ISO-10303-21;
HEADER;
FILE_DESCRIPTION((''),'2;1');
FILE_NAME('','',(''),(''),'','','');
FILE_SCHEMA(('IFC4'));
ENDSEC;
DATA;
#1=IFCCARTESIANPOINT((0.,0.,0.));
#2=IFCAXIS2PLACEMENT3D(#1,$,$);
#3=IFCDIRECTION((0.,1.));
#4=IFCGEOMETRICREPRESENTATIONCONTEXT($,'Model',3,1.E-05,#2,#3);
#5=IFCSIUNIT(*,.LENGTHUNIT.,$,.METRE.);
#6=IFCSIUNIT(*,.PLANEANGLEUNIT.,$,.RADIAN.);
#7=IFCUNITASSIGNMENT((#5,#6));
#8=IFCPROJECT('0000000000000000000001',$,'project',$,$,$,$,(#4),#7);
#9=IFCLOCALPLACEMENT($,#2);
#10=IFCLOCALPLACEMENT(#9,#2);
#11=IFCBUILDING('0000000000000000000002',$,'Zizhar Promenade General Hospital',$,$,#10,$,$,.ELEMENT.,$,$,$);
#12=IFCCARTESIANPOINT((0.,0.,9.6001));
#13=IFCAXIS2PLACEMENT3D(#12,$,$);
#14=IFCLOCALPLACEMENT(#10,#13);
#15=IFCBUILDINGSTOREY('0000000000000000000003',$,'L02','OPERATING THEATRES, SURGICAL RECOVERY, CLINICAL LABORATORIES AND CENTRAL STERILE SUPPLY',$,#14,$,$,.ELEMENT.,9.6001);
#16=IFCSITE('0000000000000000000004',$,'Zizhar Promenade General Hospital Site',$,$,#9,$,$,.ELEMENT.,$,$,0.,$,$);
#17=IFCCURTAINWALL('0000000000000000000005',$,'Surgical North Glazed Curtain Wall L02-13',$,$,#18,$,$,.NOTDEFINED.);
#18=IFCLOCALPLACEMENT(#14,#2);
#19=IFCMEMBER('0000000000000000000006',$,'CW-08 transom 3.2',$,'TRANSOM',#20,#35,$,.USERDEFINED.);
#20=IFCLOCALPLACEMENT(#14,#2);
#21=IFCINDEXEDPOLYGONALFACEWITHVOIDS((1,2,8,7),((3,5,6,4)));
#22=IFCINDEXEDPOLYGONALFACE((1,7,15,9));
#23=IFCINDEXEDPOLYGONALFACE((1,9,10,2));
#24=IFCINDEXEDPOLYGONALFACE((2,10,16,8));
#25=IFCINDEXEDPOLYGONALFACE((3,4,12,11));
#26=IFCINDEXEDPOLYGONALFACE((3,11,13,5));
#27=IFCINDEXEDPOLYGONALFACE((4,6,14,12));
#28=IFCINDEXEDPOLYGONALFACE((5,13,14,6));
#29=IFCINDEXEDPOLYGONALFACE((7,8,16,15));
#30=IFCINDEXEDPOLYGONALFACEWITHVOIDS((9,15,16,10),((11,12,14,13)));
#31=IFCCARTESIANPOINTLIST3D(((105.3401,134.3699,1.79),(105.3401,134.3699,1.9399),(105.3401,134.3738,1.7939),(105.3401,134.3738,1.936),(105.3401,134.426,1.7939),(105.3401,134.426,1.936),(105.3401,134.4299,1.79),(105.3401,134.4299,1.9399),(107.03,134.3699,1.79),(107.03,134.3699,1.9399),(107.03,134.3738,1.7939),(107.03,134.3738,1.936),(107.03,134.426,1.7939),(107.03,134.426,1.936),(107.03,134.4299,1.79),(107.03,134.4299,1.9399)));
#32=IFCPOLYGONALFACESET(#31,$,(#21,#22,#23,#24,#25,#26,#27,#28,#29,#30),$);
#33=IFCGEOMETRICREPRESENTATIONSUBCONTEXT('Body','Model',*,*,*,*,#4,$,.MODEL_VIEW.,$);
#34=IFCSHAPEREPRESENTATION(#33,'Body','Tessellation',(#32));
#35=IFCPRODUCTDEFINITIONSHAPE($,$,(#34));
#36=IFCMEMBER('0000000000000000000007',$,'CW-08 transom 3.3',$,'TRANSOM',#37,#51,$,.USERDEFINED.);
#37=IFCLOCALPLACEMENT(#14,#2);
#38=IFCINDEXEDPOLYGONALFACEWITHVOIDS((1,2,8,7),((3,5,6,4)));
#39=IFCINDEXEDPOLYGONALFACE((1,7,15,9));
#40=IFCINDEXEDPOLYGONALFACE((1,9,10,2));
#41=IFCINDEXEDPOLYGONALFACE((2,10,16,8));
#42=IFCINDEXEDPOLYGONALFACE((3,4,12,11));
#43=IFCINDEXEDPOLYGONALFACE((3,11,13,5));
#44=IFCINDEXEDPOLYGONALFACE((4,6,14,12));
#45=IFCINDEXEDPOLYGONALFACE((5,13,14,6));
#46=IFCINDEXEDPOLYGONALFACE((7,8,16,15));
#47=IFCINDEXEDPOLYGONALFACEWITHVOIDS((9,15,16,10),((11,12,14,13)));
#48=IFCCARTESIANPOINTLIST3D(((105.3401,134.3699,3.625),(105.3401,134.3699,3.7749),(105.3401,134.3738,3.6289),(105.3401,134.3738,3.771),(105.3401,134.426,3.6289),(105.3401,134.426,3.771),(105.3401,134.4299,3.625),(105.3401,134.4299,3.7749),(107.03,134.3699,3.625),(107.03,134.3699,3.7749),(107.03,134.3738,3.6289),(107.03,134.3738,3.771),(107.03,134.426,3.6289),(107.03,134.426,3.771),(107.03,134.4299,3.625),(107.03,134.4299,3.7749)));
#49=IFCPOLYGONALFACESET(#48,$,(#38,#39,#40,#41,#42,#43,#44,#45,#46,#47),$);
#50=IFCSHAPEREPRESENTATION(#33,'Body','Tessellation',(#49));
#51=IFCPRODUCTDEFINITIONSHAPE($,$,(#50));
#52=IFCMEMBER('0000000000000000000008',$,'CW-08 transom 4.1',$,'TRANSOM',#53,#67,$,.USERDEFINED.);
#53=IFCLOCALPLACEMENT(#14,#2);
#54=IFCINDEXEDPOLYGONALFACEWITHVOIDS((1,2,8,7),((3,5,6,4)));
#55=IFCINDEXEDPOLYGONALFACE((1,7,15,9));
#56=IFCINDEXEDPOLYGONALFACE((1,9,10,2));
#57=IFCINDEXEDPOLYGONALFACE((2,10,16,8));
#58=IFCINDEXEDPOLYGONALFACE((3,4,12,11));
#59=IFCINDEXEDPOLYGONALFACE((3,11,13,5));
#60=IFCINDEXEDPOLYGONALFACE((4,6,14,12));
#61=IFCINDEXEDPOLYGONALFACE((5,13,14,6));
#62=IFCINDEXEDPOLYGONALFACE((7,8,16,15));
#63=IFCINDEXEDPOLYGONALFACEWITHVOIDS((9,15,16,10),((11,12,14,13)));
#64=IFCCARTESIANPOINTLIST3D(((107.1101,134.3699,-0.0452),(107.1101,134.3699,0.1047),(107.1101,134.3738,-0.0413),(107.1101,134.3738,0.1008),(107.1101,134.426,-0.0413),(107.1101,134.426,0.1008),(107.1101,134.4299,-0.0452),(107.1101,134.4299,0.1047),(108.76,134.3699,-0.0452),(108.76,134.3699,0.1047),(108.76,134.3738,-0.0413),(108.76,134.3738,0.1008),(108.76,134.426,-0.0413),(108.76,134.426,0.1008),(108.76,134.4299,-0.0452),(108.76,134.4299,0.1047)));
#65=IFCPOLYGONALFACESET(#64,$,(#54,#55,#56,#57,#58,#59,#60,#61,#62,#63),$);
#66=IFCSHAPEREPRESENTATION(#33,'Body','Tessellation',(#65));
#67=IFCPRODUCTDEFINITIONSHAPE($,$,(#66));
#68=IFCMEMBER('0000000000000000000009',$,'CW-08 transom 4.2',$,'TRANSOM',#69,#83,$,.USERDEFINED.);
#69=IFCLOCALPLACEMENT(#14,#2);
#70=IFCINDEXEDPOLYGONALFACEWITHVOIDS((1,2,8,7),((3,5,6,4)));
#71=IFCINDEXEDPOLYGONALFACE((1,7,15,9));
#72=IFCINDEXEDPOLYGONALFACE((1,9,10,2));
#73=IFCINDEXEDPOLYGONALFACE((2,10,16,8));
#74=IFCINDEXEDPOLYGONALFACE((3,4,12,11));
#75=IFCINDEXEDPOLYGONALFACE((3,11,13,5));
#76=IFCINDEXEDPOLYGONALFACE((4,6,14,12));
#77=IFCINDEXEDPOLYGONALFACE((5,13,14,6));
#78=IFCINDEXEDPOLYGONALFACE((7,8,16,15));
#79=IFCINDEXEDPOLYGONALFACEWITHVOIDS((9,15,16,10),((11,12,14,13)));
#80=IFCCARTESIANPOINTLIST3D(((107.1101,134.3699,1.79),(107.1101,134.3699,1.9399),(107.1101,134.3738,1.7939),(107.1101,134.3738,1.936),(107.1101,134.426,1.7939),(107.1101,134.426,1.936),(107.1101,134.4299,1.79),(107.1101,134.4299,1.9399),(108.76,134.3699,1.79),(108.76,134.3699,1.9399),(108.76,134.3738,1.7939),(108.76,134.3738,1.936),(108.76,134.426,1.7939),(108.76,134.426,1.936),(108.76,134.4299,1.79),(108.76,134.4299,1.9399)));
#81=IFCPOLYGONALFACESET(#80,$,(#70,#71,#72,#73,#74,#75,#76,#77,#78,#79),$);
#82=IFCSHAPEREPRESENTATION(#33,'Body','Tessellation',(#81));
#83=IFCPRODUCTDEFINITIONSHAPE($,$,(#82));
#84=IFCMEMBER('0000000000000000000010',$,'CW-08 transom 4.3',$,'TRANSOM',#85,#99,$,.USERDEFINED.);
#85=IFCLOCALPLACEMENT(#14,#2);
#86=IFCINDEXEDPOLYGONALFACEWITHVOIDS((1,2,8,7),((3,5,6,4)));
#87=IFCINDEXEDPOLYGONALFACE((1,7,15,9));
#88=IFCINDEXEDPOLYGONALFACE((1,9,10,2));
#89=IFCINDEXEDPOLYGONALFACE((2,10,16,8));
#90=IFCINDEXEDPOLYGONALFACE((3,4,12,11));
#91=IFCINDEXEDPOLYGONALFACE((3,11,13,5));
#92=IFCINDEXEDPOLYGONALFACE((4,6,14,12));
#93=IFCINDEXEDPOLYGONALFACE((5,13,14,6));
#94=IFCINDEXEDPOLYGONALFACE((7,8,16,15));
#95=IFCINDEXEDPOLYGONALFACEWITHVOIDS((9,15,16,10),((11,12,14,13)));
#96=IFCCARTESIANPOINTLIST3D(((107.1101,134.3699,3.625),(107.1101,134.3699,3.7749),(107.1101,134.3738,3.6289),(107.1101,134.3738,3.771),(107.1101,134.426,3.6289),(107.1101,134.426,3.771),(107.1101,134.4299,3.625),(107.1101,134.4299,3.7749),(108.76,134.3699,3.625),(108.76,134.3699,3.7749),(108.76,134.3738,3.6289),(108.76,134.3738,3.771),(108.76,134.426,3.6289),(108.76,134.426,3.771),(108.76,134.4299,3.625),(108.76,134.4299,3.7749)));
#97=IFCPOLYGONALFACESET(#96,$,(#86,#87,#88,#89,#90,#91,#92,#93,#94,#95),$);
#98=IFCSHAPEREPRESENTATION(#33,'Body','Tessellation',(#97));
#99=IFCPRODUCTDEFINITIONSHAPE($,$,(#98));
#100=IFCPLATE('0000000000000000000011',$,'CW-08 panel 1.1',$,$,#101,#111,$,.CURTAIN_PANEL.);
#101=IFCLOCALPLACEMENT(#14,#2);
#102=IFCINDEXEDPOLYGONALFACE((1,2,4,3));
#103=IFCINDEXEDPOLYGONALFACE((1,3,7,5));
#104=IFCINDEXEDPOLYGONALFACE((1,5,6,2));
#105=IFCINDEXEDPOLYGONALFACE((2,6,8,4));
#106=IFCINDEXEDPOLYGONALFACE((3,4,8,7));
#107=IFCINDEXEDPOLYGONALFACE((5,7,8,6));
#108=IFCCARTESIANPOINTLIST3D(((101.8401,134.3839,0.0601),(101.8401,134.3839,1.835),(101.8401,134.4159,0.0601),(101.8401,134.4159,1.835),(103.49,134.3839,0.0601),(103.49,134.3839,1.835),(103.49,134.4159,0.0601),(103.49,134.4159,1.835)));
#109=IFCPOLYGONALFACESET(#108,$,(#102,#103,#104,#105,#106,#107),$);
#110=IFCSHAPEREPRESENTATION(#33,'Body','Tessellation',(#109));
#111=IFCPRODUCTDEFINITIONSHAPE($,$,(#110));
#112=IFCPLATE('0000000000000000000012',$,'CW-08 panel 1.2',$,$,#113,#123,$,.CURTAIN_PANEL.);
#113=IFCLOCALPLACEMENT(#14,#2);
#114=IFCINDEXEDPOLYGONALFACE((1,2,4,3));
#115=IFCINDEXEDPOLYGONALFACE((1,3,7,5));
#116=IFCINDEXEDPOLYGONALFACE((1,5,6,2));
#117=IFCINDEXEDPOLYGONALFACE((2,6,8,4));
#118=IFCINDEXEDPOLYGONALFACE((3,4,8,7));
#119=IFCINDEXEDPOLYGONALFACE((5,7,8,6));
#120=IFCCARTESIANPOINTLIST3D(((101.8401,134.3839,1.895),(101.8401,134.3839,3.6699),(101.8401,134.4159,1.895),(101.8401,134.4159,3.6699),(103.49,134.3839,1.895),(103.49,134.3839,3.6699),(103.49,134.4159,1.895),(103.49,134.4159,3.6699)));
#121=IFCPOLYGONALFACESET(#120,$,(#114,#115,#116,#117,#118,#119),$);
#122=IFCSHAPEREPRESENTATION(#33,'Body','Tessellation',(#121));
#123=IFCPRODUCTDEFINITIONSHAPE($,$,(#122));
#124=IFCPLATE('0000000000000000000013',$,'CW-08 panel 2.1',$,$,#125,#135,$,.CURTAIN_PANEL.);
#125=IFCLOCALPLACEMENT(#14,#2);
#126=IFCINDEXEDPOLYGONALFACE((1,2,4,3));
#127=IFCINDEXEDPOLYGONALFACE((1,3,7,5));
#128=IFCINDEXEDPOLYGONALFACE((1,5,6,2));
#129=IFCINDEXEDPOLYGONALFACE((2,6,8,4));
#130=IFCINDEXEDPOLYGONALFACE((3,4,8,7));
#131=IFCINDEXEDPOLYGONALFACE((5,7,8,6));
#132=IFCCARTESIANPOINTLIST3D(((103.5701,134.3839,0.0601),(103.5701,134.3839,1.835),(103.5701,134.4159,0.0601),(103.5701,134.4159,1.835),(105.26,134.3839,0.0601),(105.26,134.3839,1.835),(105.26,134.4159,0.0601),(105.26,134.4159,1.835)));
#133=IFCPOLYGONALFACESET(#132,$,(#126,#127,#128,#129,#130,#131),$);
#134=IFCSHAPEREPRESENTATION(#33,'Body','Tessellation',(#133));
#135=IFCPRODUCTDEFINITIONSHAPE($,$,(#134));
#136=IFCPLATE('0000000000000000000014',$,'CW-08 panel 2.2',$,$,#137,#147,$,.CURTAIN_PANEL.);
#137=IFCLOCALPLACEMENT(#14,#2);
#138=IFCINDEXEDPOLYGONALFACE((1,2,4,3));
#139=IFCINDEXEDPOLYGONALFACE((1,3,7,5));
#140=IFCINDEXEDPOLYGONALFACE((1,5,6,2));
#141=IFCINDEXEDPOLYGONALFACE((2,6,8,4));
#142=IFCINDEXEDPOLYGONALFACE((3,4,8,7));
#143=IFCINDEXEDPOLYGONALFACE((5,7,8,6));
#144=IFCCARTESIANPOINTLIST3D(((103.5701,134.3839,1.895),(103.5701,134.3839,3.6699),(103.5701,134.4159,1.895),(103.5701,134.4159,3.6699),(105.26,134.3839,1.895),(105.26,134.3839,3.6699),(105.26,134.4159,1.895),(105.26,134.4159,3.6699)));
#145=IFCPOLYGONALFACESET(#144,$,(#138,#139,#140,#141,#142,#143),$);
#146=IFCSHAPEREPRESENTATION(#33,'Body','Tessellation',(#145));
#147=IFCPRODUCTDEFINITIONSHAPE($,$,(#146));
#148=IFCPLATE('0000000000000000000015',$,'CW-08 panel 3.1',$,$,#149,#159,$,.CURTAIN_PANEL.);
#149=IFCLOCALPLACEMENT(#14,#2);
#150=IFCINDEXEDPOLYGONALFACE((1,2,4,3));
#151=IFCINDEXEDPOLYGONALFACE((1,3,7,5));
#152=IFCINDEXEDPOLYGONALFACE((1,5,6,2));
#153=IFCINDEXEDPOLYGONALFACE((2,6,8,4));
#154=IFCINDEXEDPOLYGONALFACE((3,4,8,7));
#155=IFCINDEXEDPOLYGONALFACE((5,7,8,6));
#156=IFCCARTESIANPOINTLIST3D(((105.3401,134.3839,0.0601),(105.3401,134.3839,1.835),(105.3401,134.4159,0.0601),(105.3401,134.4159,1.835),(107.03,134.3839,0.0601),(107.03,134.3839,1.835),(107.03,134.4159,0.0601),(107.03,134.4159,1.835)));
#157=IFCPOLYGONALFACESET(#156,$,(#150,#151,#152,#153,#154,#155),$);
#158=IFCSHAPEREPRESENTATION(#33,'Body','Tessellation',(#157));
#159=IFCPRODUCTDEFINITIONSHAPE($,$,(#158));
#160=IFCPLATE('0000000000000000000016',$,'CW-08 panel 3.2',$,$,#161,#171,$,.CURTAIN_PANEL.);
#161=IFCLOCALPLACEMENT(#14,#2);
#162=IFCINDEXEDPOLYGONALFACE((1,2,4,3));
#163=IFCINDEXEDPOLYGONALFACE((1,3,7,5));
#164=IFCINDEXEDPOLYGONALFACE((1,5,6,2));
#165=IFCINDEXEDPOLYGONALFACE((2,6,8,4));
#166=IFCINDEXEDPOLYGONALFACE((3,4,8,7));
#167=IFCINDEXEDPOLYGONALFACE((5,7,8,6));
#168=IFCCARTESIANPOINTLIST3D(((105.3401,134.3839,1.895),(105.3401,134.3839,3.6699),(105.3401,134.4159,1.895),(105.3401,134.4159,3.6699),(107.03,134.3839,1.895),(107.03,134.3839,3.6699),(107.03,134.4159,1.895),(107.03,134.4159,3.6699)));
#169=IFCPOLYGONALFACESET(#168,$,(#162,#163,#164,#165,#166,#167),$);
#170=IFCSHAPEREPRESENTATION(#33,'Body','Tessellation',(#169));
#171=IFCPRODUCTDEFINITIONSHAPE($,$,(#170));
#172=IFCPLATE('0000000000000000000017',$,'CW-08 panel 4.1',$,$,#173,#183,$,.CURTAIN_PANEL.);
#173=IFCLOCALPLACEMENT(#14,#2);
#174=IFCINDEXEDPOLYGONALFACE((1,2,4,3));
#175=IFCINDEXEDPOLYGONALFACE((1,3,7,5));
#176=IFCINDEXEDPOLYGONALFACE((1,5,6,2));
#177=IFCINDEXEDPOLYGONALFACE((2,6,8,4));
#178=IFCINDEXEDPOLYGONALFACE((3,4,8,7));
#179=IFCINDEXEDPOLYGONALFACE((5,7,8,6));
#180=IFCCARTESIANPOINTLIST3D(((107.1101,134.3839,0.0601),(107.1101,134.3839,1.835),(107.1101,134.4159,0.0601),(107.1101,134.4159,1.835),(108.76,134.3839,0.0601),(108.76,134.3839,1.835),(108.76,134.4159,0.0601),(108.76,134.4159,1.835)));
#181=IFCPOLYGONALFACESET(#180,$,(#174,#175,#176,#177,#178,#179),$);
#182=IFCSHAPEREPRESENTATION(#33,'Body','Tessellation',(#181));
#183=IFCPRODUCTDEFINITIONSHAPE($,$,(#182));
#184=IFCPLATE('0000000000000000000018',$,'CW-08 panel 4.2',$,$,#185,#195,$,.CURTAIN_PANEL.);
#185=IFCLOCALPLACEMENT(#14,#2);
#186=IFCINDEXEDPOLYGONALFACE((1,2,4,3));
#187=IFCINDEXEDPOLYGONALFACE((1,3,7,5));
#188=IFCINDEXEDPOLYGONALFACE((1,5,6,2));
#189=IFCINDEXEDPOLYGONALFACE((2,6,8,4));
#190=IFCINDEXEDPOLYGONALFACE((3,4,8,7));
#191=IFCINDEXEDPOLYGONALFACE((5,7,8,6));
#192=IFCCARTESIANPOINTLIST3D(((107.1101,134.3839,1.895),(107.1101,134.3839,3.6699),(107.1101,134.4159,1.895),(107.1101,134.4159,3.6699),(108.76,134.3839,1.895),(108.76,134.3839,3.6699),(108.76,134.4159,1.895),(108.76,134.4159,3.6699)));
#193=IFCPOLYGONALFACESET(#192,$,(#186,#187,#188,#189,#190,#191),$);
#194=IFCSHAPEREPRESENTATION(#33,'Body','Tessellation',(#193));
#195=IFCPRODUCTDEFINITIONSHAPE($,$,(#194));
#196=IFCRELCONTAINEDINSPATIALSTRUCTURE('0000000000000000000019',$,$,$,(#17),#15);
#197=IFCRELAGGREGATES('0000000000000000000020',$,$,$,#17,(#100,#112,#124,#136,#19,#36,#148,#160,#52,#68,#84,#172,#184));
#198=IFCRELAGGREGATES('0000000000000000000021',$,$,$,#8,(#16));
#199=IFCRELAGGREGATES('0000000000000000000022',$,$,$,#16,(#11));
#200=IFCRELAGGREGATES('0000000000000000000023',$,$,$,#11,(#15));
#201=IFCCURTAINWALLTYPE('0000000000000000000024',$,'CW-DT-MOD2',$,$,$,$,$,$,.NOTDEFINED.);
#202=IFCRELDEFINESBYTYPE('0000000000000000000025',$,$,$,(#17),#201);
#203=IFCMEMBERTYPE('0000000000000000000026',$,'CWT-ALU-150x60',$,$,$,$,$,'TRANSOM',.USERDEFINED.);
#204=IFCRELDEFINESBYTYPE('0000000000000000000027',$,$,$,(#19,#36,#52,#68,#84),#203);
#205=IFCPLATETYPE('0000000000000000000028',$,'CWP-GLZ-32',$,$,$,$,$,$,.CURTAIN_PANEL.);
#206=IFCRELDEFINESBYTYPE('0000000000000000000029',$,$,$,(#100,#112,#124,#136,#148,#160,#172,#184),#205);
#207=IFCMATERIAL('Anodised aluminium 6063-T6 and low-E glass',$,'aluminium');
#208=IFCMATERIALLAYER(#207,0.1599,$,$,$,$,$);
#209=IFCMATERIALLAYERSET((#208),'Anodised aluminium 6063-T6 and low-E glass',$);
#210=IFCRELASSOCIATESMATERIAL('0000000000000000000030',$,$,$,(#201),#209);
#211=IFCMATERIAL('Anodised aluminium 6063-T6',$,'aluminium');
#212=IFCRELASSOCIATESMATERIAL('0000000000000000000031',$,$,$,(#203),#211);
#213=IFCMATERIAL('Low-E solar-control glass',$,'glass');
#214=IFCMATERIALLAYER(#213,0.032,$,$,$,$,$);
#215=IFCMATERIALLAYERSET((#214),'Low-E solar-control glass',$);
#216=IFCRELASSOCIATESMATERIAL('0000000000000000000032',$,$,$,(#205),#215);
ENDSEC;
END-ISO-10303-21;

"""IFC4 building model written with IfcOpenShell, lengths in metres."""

from ifc_helpers import new_model, si_unit, direction, frame, origin, origin_2d, place, context, subcontext, project, spatial, rectangle, hollow_rectangle, extrude, material, layer, layer_set, material_profile, profile_set, type_object, element, aggregate, save


model = new_model("IFC4")

# Units and contexts
model_context = context("Model", 3, precision=1e-05, world=origin(), true_north=direction((0.0, 1.0)))
body_context = subcontext(model_context, "Body", "Model", "MODEL_VIEW")
ifc_project = project(units=[si_unit("LENGTHUNIT", "METRE"), si_unit("PLANEANGLEUNIT", "RADIAN")], contexts=[model_context])

# Site, building, storey
site_placement = place(None, origin())
site = spatial("IfcSite", under=ifc_project, at=site_placement, Name="Zizhar Promenade General Hospital Site", CompositionType="ELEMENT", RefElevation=0.0)
building_placement = place(site_placement, origin())
building = spatial("IfcBuilding", under=site, at=building_placement, Name="Zizhar Promenade General Hospital", CompositionType="ELEMENT")
storey_placement = place(building_placement, frame((0.0, 0.0, 9.6001)))
storey = spatial("IfcBuildingStorey", under=building, at=storey_placement, Name="L02", Description="OPERATING THEATRES, SURGICAL RECOVERY, CLINICAL LABORATORIES AND CENTRAL STERILE SUPPLY", CompositionType="ELEMENT", Elevation=9.6001)

# Curtain wall, members, plates
ifc_material_1 = material(Name="Anodised aluminium 6063-T6 and low-E glass", Category="aluminium")
ifc_layer_1 = layer(ifc_material_1, 0.1599)
ifc_layer_set_1 = layer_set([ifc_layer_1], Name="Anodised aluminium 6063-T6 and low-E glass")
curtain_wall_type = type_object("IfcCurtainWallType", Name="CW-DT-MOD2", PredefinedType="NOTDEFINED", material=ifc_layer_set_1)
curtain_wall_placement = place(storey_placement, origin())
curtain_wall = element("IfcCurtainWall", 1, at=curtain_wall_placement, inside=storey, type_object=curtain_wall_type, Name="Surgical North Glazed Curtain Wall L02-13", PredefinedType="NOTDEFINED")
ifc_material_2 = material(Name="Anodised aluminium 6063-T6", Category="aluminium")
ifc_material_profile_1 = material_profile(ifc_material_2, hollow_rectangle(XDim=0.0601, YDim=0.1499, WallThickness=0.0039, at=origin_2d()))
ifc_profile_set_1 = profile_set([ifc_material_profile_1], Name="Anodised aluminium 6063-T6")
member_type_1 = type_object("IfcMemberType", Name="CWT-ALU-150x60", ElementType="TRANSOM", PredefinedType="USERDEFINED", material=ifc_profile_set_1)
member_1_placement = place(storey_placement, frame((105.3401, 134.3999, 1.865), z_axis=(1.0, 0.0, 0.0), x_axis=(0.0, 1.0, 0.0)))
member_1 = element("IfcMember", 2, at=member_1_placement, type_object=member_type_1, Name="CW-08 transom 3.2", ObjectType="TRANSOM", PredefinedType="USERDEFINED", context=body_context, shape_type="SweptSolid", body=[
    extrude(hollow_rectangle(XDim=0.0601, YDim=0.1499, WallThickness=0.0039, at=origin_2d()), origin(), (0.0, 0.0, 1.0), 1.6899),
])
member_2_placement = place(storey_placement, frame((105.3401, 134.3999, 3.7), z_axis=(1.0, 0.0, 0.0), x_axis=(0.0, 1.0, 0.0)))
member_2 = element("IfcMember", 3, at=member_2_placement, type_object=member_type_1, Name="CW-08 transom 3.3", ObjectType="TRANSOM", PredefinedType="USERDEFINED", context=body_context, shape_type="SweptSolid", body=[
    extrude(hollow_rectangle(XDim=0.0601, YDim=0.1499, WallThickness=0.0039, at=origin_2d()), origin(), (0.0, 0.0, 1.0), 1.6899),
])
member_3_placement = place(storey_placement, frame((107.1101, 134.3999, 0.0298), z_axis=(1.0, 0.0, 0.0), x_axis=(0.0, 1.0, 0.0)))
member_3 = element("IfcMember", 4, at=member_3_placement, type_object=member_type_1, Name="CW-08 transom 4.1", ObjectType="TRANSOM", PredefinedType="USERDEFINED", context=body_context, shape_type="SweptSolid", body=[
    extrude(hollow_rectangle(XDim=0.0601, YDim=0.1499, WallThickness=0.0039, at=origin_2d()), origin(), (0.0, 0.0, 1.0), 1.6499),
])
member_4_placement = place(storey_placement, frame((107.1101, 134.3999, 1.865), z_axis=(1.0, 0.0, 0.0), x_axis=(0.0, 1.0, 0.0)))
member_4 = element("IfcMember", 5, at=member_4_placement, type_object=member_type_1, Name="CW-08 transom 4.2", ObjectType="TRANSOM", PredefinedType="USERDEFINED", context=body_context, shape_type="SweptSolid", body=[
    extrude(hollow_rectangle(XDim=0.0601, YDim=0.1499, WallThickness=0.0039, at=origin_2d()), origin(), (0.0, 0.0, 1.0), 1.6499),
])
member_5_placement = place(storey_placement, frame((107.1101, 134.3999, 3.7), z_axis=(1.0, 0.0, 0.0), x_axis=(0.0, 1.0, 0.0)))
member_5 = element("IfcMember", 6, at=member_5_placement, type_object=member_type_1, Name="CW-08 transom 4.3", ObjectType="TRANSOM", PredefinedType="USERDEFINED", context=body_context, shape_type="SweptSolid", body=[
    extrude(hollow_rectangle(XDim=0.0601, YDim=0.1499, WallThickness=0.0039, at=origin_2d()), origin(), (0.0, 0.0, 1.0), 1.6499),
])
ifc_material_3 = material(Name="Low-E solar-control glass", Category="glass")
ifc_layer_2 = layer(ifc_material_3, 0.032)
ifc_layer_set_2 = layer_set([ifc_layer_2], Name="Low-E solar-control glass")
plate_type = type_object("IfcPlateType", Name="CWP-GLZ-32", PredefinedType="CURTAIN_PANEL", material=ifc_layer_set_2)
plate_1_placement = place(storey_placement, frame((102.665, 134.3999, 0.0601), z_axis=(0.0, 0.0, 1.0), x_axis=(1.0, 0.0, 0.0)))
plate_1 = element("IfcPlate", 7, at=plate_1_placement, type_object=plate_type, Name="CW-08 panel 1.1", PredefinedType="CURTAIN_PANEL", context=body_context, shape_type="SweptSolid", body=[
    extrude(rectangle(XDim=1.6499, YDim=0.032, at=origin_2d()), origin(), (0.0, 0.0, 1.0), 1.7749),
])
plate_2_placement = place(storey_placement, frame((102.665, 134.3999, 1.895), z_axis=(0.0, 0.0, 1.0), x_axis=(1.0, 0.0, 0.0)))
plate_2 = element("IfcPlate", 8, at=plate_2_placement, type_object=plate_type, Name="CW-08 panel 1.2", PredefinedType="CURTAIN_PANEL", context=body_context, shape_type="SweptSolid", body=[
    extrude(rectangle(XDim=1.6499, YDim=0.032, at=origin_2d()), origin(), (0.0, 0.0, 1.0), 1.7749),
])
plate_3_placement = place(storey_placement, frame((104.415, 134.3999, 0.0601), z_axis=(0.0, 0.0, 1.0), x_axis=(1.0, 0.0, 0.0)))
plate_3 = element("IfcPlate", 9, at=plate_3_placement, type_object=plate_type, Name="CW-08 panel 2.1", PredefinedType="CURTAIN_PANEL", context=body_context, shape_type="SweptSolid", body=[
    extrude(rectangle(XDim=1.6899, YDim=0.032, at=origin_2d()), origin(), (0.0, 0.0, 1.0), 1.7749),
])
plate_4_placement = place(storey_placement, frame((104.415, 134.3999, 1.895), z_axis=(0.0, 0.0, 1.0), x_axis=(1.0, 0.0, 0.0)))
plate_4 = element("IfcPlate", 10, at=plate_4_placement, type_object=plate_type, Name="CW-08 panel 2.2", PredefinedType="CURTAIN_PANEL", context=body_context, shape_type="SweptSolid", body=[
    extrude(rectangle(XDim=1.6899, YDim=0.032, at=origin_2d()), origin(), (0.0, 0.0, 1.0), 1.7749),
])
plate_5_placement = place(storey_placement, frame((106.1851, 134.3999, 0.0601), z_axis=(0.0, 0.0, 1.0), x_axis=(1.0, 0.0, 0.0)))
plate_5 = element("IfcPlate", 11, at=plate_5_placement, type_object=plate_type, Name="CW-08 panel 3.1", PredefinedType="CURTAIN_PANEL", context=body_context, shape_type="SweptSolid", body=[
    extrude(rectangle(XDim=1.6899, YDim=0.032, at=origin_2d()), origin(), (0.0, 0.0, 1.0), 1.7749),
])
plate_6_placement = place(storey_placement, frame((106.1851, 134.3999, 1.895), z_axis=(0.0, 0.0, 1.0), x_axis=(1.0, 0.0, 0.0)))
plate_6 = element("IfcPlate", 12, at=plate_6_placement, type_object=plate_type, Name="CW-08 panel 3.2", PredefinedType="CURTAIN_PANEL", context=body_context, shape_type="SweptSolid", body=[
    extrude(rectangle(XDim=1.6899, YDim=0.032, at=origin_2d()), origin(), (0.0, 0.0, 1.0), 1.7749),
])
plate_7_placement = place(storey_placement, frame((107.9351, 134.3999, 0.0601), z_axis=(0.0, 0.0, 1.0), x_axis=(1.0, 0.0, 0.0)))
plate_7 = element("IfcPlate", 13, at=plate_7_placement, type_object=plate_type, Name="CW-08 panel 4.1", PredefinedType="CURTAIN_PANEL", context=body_context, shape_type="SweptSolid", body=[
    extrude(rectangle(XDim=1.6499, YDim=0.032, at=origin_2d()), origin(), (0.0, 0.0, 1.0), 1.7749),
])
plate_8_placement = place(storey_placement, frame((107.9351, 134.3999, 1.895), z_axis=(0.0, 0.0, 1.0), x_axis=(1.0, 0.0, 0.0)))
plate_8 = element("IfcPlate", 14, at=plate_8_placement, type_object=plate_type, Name="CW-08 panel 4.2", PredefinedType="CURTAIN_PANEL", context=body_context, shape_type="SweptSolid", body=[
    extrude(rectangle(XDim=1.6499, YDim=0.032, at=origin_2d()), origin(), (0.0, 0.0, 1.0), 1.7749),
])
aggregate(curtain_wall, [plate_1, plate_2, plate_3, plate_4, member_1, member_2, plate_5, plate_6, member_3, member_4, member_5, plate_7, plate_8])

save(model, "model.ifc")
